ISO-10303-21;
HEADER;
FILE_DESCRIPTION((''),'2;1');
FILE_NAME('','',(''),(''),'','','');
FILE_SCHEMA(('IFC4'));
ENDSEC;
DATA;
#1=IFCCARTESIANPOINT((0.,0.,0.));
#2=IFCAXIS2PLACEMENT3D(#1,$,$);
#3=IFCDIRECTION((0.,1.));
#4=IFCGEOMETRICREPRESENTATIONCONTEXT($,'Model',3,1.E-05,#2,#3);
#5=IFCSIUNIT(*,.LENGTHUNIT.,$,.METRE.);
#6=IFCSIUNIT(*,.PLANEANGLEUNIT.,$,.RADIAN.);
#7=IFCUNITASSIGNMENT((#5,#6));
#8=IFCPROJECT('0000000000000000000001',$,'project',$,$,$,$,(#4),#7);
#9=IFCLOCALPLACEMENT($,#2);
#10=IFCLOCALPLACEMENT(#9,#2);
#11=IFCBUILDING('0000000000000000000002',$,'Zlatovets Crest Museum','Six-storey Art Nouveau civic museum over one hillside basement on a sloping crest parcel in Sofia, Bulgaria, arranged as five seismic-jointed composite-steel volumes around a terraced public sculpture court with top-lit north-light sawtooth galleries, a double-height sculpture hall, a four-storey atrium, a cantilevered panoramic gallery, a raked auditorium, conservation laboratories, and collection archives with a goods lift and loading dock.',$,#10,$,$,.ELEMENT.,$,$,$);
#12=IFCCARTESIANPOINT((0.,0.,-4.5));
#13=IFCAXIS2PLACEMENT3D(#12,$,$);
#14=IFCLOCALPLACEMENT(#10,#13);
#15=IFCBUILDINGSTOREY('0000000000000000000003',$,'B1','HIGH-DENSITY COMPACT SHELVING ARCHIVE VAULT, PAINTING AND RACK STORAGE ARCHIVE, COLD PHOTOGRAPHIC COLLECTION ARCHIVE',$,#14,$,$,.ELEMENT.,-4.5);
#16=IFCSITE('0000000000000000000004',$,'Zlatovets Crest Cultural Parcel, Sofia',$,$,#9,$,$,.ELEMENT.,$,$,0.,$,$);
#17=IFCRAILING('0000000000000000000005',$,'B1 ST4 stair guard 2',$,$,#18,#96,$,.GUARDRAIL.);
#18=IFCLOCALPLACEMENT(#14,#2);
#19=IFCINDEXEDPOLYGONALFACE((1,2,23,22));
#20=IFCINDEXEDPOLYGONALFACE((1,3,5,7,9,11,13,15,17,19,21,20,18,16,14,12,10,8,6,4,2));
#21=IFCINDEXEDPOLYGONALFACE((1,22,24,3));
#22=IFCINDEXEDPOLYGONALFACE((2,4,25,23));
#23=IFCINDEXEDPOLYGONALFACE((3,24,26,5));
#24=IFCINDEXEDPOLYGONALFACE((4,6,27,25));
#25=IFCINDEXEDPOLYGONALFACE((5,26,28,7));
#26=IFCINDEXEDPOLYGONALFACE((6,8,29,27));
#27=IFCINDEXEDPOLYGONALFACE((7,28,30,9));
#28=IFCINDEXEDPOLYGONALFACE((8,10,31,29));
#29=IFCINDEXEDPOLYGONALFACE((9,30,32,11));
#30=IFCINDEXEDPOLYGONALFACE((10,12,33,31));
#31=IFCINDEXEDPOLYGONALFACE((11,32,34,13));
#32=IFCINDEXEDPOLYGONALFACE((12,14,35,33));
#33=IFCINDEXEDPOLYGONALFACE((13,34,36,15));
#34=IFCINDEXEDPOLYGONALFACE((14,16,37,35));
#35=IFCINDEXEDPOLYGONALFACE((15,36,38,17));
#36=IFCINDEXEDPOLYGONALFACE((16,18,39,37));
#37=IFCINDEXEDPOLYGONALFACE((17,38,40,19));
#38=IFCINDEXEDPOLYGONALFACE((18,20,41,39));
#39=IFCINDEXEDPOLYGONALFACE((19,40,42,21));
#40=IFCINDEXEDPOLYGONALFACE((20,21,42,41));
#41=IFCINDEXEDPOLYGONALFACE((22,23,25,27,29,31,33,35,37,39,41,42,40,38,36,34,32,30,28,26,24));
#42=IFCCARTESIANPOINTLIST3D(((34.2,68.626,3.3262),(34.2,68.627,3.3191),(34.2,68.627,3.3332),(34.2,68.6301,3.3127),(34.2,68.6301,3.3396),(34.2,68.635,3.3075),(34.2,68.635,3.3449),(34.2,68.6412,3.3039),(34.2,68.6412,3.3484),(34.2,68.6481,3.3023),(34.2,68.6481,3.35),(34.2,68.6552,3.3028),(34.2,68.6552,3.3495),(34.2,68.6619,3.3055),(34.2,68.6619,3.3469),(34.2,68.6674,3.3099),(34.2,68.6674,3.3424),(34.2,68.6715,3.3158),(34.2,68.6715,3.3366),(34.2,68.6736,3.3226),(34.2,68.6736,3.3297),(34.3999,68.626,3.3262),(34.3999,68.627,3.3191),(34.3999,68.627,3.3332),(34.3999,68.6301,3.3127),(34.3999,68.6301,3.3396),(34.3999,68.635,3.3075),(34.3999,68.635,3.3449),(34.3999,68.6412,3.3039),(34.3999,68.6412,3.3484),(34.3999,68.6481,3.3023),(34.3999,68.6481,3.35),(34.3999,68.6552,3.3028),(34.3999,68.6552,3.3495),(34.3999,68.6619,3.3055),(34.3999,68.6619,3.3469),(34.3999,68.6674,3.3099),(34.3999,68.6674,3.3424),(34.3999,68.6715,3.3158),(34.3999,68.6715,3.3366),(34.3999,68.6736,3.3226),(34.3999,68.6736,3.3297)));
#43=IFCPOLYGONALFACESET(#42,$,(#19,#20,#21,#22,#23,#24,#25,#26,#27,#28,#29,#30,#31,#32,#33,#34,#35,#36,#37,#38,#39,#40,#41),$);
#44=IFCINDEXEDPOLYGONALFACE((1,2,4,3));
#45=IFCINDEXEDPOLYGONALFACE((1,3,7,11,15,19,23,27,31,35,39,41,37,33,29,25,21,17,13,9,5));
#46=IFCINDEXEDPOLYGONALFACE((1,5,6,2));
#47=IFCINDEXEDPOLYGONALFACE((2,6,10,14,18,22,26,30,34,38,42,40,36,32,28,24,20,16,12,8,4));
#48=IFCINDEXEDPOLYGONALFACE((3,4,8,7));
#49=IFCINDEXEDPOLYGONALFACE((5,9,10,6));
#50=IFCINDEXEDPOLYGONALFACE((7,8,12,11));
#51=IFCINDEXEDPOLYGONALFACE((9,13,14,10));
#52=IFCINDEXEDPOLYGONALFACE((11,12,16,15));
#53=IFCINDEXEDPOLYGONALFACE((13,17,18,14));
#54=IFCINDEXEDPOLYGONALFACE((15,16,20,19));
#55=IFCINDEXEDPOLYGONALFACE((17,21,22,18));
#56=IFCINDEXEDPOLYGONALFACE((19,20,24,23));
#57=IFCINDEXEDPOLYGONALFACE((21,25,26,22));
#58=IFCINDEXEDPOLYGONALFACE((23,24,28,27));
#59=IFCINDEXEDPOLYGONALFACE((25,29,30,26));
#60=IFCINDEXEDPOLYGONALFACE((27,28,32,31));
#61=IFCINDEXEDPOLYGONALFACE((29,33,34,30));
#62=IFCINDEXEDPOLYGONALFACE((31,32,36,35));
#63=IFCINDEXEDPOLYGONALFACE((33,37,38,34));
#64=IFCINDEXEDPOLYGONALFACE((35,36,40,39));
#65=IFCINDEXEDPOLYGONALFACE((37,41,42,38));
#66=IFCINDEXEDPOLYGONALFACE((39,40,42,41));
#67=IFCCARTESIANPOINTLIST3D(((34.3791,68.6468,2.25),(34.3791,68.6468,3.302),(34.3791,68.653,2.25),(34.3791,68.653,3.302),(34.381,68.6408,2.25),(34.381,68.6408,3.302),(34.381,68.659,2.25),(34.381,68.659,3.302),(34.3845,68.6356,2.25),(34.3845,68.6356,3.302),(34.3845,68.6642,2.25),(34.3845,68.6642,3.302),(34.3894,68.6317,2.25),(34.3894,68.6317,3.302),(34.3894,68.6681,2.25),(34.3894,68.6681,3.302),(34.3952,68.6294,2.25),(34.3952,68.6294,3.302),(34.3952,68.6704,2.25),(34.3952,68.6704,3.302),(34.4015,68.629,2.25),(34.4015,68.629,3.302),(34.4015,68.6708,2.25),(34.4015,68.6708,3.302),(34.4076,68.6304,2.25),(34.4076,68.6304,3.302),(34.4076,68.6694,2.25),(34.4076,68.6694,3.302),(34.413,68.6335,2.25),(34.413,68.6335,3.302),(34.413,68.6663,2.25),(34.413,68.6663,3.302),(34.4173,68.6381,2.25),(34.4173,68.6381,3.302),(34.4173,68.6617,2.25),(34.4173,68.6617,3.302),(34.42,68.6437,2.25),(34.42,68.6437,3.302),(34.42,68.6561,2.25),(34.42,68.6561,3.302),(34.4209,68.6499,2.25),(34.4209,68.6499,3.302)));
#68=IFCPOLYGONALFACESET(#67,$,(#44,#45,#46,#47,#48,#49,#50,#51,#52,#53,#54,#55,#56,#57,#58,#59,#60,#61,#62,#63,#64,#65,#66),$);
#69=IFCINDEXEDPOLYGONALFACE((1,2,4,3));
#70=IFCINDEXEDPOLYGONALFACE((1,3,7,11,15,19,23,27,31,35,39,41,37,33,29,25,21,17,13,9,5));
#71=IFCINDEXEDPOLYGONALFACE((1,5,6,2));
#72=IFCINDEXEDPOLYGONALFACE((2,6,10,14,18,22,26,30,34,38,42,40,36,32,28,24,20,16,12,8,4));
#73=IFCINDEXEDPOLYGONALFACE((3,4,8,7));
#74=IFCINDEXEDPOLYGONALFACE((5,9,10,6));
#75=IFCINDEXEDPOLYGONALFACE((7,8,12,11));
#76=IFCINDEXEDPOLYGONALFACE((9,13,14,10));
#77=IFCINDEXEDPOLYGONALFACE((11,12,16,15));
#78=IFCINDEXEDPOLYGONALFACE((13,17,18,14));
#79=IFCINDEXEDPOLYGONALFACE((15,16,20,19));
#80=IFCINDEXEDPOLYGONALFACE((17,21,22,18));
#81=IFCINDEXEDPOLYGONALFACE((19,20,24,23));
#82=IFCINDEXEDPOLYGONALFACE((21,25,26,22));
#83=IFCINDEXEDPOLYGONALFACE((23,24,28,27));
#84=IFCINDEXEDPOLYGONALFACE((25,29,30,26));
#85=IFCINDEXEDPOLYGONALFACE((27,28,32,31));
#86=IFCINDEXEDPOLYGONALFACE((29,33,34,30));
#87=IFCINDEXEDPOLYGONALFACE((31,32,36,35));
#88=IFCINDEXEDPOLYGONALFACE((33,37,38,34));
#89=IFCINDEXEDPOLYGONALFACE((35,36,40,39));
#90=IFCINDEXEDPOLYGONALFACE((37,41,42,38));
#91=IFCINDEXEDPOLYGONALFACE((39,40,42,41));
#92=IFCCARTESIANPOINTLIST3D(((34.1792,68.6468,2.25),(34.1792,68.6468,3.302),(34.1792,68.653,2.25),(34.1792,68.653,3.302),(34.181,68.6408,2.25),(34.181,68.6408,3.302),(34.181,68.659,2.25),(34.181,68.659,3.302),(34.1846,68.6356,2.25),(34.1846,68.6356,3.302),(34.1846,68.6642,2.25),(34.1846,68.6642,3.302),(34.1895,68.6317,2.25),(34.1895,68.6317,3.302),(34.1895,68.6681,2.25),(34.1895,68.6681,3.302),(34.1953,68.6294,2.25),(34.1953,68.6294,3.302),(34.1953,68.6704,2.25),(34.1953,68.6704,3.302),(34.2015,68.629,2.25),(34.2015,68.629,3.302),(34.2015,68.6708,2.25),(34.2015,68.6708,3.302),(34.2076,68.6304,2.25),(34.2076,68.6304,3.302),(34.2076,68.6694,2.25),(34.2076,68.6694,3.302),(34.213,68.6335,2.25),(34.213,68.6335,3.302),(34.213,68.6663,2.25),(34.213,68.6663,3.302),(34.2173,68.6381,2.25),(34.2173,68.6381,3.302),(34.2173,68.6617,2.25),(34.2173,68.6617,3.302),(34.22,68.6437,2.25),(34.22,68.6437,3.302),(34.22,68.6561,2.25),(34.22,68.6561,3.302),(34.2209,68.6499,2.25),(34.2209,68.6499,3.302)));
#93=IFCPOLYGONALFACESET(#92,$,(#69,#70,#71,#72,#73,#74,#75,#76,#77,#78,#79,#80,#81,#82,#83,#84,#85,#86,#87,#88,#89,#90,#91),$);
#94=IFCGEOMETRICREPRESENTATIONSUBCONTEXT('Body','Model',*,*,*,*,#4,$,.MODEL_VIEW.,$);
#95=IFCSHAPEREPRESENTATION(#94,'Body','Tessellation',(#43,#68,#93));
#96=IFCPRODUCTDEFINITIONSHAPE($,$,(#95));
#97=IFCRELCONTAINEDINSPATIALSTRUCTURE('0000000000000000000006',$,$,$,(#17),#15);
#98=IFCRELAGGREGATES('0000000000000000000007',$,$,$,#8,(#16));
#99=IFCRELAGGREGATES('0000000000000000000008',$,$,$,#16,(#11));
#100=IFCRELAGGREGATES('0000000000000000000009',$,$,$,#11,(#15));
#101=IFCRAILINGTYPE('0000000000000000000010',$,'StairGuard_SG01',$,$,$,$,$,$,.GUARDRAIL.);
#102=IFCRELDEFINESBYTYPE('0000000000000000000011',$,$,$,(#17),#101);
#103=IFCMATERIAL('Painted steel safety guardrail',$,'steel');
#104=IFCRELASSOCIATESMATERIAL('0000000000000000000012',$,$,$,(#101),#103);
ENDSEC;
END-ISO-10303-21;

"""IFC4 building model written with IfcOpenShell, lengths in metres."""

from ifc_helpers import new_model, si_unit, direction, frame, origin, origin_2d, place, context, subcontext, project, spatial, circle, extrude, material, type_object, element, save


model = new_model("IFC4")

# Units and contexts
model_context = context("Model", 3, precision=1e-05, world=origin(), true_north=direction((0.0, 1.0)))
body_context = subcontext(model_context, "Body", "Model", "MODEL_VIEW")
ifc_project = project(units=[si_unit("LENGTHUNIT", "METRE"), si_unit("PLANEANGLEUNIT", "RADIAN")], contexts=[model_context])

# Site, building, storey
site_placement = place(None, origin())
site = spatial("IfcSite", under=ifc_project, at=site_placement, Name="Zlatovets Crest Cultural Parcel, Sofia", CompositionType="ELEMENT", RefElevation=0.0)
building_placement = place(site_placement, origin())
building = spatial("IfcBuilding", under=site, at=building_placement, Name="Zlatovets Crest Museum", Description="Six-storey Art Nouveau civic museum over one hillside basement on a sloping crest parcel in Sofia, Bulgaria, arranged as five seismic-jointed composite-steel volumes around a terraced public sculpture court with top-lit north-light sawtooth galleries, a double-height sculpture hall, a four-storey atrium, a cantilevered panoramic gallery, a raked auditorium, conservation laboratories, and collection archives with a goods lift and loading dock.", CompositionType="ELEMENT")
storey_placement = place(building_placement, frame((0.0, 0.0, -4.5)))
storey = spatial("IfcBuildingStorey", under=building, at=storey_placement, Name="B1", Description="HIGH-DENSITY COMPACT SHELVING ARCHIVE VAULT, PAINTING AND RACK STORAGE ARCHIVE, COLD PHOTOGRAPHIC COLLECTION ARCHIVE", CompositionType="ELEMENT", Elevation=-4.5)

# Railing
ifc_material_1 = material(Name="Painted steel safety guardrail", Category="steel")
railing_type_1 = type_object("IfcRailingType", Name="StairGuard_SG01", PredefinedType="GUARDRAIL", material=ifc_material_1)
railing_1_placement = place(storey_placement, frame((34.3999, 68.6499, 2.25)))
element("IfcRailing", 1, at=railing_1_placement, inside=storey, type_object=railing_type_1, Name="B1 ST4 stair guard 2", PredefinedType="GUARDRAIL", context=body_context, shape_type="SweptSolid", body=[
    extrude(circle(Radius=0.0239, at=origin_2d()), frame((0.0, 0.0, 1.0762), z_axis=(-1.0, 0.0, 0.0), x_axis=(0.0, -1.0, 0.0)), (0.0, 0.0, 1.0), 0.2),
    extrude(circle(Radius=0.021, at=origin_2d()), origin(), (0.0, 0.0, 1.0), 1.052),
    extrude(circle(Radius=0.021, at=origin_2d()), frame((-0.2, 0.0, 0.0)), (0.0, 0.0, 1.0), 1.052),
])

save(model, "model.ifc")
